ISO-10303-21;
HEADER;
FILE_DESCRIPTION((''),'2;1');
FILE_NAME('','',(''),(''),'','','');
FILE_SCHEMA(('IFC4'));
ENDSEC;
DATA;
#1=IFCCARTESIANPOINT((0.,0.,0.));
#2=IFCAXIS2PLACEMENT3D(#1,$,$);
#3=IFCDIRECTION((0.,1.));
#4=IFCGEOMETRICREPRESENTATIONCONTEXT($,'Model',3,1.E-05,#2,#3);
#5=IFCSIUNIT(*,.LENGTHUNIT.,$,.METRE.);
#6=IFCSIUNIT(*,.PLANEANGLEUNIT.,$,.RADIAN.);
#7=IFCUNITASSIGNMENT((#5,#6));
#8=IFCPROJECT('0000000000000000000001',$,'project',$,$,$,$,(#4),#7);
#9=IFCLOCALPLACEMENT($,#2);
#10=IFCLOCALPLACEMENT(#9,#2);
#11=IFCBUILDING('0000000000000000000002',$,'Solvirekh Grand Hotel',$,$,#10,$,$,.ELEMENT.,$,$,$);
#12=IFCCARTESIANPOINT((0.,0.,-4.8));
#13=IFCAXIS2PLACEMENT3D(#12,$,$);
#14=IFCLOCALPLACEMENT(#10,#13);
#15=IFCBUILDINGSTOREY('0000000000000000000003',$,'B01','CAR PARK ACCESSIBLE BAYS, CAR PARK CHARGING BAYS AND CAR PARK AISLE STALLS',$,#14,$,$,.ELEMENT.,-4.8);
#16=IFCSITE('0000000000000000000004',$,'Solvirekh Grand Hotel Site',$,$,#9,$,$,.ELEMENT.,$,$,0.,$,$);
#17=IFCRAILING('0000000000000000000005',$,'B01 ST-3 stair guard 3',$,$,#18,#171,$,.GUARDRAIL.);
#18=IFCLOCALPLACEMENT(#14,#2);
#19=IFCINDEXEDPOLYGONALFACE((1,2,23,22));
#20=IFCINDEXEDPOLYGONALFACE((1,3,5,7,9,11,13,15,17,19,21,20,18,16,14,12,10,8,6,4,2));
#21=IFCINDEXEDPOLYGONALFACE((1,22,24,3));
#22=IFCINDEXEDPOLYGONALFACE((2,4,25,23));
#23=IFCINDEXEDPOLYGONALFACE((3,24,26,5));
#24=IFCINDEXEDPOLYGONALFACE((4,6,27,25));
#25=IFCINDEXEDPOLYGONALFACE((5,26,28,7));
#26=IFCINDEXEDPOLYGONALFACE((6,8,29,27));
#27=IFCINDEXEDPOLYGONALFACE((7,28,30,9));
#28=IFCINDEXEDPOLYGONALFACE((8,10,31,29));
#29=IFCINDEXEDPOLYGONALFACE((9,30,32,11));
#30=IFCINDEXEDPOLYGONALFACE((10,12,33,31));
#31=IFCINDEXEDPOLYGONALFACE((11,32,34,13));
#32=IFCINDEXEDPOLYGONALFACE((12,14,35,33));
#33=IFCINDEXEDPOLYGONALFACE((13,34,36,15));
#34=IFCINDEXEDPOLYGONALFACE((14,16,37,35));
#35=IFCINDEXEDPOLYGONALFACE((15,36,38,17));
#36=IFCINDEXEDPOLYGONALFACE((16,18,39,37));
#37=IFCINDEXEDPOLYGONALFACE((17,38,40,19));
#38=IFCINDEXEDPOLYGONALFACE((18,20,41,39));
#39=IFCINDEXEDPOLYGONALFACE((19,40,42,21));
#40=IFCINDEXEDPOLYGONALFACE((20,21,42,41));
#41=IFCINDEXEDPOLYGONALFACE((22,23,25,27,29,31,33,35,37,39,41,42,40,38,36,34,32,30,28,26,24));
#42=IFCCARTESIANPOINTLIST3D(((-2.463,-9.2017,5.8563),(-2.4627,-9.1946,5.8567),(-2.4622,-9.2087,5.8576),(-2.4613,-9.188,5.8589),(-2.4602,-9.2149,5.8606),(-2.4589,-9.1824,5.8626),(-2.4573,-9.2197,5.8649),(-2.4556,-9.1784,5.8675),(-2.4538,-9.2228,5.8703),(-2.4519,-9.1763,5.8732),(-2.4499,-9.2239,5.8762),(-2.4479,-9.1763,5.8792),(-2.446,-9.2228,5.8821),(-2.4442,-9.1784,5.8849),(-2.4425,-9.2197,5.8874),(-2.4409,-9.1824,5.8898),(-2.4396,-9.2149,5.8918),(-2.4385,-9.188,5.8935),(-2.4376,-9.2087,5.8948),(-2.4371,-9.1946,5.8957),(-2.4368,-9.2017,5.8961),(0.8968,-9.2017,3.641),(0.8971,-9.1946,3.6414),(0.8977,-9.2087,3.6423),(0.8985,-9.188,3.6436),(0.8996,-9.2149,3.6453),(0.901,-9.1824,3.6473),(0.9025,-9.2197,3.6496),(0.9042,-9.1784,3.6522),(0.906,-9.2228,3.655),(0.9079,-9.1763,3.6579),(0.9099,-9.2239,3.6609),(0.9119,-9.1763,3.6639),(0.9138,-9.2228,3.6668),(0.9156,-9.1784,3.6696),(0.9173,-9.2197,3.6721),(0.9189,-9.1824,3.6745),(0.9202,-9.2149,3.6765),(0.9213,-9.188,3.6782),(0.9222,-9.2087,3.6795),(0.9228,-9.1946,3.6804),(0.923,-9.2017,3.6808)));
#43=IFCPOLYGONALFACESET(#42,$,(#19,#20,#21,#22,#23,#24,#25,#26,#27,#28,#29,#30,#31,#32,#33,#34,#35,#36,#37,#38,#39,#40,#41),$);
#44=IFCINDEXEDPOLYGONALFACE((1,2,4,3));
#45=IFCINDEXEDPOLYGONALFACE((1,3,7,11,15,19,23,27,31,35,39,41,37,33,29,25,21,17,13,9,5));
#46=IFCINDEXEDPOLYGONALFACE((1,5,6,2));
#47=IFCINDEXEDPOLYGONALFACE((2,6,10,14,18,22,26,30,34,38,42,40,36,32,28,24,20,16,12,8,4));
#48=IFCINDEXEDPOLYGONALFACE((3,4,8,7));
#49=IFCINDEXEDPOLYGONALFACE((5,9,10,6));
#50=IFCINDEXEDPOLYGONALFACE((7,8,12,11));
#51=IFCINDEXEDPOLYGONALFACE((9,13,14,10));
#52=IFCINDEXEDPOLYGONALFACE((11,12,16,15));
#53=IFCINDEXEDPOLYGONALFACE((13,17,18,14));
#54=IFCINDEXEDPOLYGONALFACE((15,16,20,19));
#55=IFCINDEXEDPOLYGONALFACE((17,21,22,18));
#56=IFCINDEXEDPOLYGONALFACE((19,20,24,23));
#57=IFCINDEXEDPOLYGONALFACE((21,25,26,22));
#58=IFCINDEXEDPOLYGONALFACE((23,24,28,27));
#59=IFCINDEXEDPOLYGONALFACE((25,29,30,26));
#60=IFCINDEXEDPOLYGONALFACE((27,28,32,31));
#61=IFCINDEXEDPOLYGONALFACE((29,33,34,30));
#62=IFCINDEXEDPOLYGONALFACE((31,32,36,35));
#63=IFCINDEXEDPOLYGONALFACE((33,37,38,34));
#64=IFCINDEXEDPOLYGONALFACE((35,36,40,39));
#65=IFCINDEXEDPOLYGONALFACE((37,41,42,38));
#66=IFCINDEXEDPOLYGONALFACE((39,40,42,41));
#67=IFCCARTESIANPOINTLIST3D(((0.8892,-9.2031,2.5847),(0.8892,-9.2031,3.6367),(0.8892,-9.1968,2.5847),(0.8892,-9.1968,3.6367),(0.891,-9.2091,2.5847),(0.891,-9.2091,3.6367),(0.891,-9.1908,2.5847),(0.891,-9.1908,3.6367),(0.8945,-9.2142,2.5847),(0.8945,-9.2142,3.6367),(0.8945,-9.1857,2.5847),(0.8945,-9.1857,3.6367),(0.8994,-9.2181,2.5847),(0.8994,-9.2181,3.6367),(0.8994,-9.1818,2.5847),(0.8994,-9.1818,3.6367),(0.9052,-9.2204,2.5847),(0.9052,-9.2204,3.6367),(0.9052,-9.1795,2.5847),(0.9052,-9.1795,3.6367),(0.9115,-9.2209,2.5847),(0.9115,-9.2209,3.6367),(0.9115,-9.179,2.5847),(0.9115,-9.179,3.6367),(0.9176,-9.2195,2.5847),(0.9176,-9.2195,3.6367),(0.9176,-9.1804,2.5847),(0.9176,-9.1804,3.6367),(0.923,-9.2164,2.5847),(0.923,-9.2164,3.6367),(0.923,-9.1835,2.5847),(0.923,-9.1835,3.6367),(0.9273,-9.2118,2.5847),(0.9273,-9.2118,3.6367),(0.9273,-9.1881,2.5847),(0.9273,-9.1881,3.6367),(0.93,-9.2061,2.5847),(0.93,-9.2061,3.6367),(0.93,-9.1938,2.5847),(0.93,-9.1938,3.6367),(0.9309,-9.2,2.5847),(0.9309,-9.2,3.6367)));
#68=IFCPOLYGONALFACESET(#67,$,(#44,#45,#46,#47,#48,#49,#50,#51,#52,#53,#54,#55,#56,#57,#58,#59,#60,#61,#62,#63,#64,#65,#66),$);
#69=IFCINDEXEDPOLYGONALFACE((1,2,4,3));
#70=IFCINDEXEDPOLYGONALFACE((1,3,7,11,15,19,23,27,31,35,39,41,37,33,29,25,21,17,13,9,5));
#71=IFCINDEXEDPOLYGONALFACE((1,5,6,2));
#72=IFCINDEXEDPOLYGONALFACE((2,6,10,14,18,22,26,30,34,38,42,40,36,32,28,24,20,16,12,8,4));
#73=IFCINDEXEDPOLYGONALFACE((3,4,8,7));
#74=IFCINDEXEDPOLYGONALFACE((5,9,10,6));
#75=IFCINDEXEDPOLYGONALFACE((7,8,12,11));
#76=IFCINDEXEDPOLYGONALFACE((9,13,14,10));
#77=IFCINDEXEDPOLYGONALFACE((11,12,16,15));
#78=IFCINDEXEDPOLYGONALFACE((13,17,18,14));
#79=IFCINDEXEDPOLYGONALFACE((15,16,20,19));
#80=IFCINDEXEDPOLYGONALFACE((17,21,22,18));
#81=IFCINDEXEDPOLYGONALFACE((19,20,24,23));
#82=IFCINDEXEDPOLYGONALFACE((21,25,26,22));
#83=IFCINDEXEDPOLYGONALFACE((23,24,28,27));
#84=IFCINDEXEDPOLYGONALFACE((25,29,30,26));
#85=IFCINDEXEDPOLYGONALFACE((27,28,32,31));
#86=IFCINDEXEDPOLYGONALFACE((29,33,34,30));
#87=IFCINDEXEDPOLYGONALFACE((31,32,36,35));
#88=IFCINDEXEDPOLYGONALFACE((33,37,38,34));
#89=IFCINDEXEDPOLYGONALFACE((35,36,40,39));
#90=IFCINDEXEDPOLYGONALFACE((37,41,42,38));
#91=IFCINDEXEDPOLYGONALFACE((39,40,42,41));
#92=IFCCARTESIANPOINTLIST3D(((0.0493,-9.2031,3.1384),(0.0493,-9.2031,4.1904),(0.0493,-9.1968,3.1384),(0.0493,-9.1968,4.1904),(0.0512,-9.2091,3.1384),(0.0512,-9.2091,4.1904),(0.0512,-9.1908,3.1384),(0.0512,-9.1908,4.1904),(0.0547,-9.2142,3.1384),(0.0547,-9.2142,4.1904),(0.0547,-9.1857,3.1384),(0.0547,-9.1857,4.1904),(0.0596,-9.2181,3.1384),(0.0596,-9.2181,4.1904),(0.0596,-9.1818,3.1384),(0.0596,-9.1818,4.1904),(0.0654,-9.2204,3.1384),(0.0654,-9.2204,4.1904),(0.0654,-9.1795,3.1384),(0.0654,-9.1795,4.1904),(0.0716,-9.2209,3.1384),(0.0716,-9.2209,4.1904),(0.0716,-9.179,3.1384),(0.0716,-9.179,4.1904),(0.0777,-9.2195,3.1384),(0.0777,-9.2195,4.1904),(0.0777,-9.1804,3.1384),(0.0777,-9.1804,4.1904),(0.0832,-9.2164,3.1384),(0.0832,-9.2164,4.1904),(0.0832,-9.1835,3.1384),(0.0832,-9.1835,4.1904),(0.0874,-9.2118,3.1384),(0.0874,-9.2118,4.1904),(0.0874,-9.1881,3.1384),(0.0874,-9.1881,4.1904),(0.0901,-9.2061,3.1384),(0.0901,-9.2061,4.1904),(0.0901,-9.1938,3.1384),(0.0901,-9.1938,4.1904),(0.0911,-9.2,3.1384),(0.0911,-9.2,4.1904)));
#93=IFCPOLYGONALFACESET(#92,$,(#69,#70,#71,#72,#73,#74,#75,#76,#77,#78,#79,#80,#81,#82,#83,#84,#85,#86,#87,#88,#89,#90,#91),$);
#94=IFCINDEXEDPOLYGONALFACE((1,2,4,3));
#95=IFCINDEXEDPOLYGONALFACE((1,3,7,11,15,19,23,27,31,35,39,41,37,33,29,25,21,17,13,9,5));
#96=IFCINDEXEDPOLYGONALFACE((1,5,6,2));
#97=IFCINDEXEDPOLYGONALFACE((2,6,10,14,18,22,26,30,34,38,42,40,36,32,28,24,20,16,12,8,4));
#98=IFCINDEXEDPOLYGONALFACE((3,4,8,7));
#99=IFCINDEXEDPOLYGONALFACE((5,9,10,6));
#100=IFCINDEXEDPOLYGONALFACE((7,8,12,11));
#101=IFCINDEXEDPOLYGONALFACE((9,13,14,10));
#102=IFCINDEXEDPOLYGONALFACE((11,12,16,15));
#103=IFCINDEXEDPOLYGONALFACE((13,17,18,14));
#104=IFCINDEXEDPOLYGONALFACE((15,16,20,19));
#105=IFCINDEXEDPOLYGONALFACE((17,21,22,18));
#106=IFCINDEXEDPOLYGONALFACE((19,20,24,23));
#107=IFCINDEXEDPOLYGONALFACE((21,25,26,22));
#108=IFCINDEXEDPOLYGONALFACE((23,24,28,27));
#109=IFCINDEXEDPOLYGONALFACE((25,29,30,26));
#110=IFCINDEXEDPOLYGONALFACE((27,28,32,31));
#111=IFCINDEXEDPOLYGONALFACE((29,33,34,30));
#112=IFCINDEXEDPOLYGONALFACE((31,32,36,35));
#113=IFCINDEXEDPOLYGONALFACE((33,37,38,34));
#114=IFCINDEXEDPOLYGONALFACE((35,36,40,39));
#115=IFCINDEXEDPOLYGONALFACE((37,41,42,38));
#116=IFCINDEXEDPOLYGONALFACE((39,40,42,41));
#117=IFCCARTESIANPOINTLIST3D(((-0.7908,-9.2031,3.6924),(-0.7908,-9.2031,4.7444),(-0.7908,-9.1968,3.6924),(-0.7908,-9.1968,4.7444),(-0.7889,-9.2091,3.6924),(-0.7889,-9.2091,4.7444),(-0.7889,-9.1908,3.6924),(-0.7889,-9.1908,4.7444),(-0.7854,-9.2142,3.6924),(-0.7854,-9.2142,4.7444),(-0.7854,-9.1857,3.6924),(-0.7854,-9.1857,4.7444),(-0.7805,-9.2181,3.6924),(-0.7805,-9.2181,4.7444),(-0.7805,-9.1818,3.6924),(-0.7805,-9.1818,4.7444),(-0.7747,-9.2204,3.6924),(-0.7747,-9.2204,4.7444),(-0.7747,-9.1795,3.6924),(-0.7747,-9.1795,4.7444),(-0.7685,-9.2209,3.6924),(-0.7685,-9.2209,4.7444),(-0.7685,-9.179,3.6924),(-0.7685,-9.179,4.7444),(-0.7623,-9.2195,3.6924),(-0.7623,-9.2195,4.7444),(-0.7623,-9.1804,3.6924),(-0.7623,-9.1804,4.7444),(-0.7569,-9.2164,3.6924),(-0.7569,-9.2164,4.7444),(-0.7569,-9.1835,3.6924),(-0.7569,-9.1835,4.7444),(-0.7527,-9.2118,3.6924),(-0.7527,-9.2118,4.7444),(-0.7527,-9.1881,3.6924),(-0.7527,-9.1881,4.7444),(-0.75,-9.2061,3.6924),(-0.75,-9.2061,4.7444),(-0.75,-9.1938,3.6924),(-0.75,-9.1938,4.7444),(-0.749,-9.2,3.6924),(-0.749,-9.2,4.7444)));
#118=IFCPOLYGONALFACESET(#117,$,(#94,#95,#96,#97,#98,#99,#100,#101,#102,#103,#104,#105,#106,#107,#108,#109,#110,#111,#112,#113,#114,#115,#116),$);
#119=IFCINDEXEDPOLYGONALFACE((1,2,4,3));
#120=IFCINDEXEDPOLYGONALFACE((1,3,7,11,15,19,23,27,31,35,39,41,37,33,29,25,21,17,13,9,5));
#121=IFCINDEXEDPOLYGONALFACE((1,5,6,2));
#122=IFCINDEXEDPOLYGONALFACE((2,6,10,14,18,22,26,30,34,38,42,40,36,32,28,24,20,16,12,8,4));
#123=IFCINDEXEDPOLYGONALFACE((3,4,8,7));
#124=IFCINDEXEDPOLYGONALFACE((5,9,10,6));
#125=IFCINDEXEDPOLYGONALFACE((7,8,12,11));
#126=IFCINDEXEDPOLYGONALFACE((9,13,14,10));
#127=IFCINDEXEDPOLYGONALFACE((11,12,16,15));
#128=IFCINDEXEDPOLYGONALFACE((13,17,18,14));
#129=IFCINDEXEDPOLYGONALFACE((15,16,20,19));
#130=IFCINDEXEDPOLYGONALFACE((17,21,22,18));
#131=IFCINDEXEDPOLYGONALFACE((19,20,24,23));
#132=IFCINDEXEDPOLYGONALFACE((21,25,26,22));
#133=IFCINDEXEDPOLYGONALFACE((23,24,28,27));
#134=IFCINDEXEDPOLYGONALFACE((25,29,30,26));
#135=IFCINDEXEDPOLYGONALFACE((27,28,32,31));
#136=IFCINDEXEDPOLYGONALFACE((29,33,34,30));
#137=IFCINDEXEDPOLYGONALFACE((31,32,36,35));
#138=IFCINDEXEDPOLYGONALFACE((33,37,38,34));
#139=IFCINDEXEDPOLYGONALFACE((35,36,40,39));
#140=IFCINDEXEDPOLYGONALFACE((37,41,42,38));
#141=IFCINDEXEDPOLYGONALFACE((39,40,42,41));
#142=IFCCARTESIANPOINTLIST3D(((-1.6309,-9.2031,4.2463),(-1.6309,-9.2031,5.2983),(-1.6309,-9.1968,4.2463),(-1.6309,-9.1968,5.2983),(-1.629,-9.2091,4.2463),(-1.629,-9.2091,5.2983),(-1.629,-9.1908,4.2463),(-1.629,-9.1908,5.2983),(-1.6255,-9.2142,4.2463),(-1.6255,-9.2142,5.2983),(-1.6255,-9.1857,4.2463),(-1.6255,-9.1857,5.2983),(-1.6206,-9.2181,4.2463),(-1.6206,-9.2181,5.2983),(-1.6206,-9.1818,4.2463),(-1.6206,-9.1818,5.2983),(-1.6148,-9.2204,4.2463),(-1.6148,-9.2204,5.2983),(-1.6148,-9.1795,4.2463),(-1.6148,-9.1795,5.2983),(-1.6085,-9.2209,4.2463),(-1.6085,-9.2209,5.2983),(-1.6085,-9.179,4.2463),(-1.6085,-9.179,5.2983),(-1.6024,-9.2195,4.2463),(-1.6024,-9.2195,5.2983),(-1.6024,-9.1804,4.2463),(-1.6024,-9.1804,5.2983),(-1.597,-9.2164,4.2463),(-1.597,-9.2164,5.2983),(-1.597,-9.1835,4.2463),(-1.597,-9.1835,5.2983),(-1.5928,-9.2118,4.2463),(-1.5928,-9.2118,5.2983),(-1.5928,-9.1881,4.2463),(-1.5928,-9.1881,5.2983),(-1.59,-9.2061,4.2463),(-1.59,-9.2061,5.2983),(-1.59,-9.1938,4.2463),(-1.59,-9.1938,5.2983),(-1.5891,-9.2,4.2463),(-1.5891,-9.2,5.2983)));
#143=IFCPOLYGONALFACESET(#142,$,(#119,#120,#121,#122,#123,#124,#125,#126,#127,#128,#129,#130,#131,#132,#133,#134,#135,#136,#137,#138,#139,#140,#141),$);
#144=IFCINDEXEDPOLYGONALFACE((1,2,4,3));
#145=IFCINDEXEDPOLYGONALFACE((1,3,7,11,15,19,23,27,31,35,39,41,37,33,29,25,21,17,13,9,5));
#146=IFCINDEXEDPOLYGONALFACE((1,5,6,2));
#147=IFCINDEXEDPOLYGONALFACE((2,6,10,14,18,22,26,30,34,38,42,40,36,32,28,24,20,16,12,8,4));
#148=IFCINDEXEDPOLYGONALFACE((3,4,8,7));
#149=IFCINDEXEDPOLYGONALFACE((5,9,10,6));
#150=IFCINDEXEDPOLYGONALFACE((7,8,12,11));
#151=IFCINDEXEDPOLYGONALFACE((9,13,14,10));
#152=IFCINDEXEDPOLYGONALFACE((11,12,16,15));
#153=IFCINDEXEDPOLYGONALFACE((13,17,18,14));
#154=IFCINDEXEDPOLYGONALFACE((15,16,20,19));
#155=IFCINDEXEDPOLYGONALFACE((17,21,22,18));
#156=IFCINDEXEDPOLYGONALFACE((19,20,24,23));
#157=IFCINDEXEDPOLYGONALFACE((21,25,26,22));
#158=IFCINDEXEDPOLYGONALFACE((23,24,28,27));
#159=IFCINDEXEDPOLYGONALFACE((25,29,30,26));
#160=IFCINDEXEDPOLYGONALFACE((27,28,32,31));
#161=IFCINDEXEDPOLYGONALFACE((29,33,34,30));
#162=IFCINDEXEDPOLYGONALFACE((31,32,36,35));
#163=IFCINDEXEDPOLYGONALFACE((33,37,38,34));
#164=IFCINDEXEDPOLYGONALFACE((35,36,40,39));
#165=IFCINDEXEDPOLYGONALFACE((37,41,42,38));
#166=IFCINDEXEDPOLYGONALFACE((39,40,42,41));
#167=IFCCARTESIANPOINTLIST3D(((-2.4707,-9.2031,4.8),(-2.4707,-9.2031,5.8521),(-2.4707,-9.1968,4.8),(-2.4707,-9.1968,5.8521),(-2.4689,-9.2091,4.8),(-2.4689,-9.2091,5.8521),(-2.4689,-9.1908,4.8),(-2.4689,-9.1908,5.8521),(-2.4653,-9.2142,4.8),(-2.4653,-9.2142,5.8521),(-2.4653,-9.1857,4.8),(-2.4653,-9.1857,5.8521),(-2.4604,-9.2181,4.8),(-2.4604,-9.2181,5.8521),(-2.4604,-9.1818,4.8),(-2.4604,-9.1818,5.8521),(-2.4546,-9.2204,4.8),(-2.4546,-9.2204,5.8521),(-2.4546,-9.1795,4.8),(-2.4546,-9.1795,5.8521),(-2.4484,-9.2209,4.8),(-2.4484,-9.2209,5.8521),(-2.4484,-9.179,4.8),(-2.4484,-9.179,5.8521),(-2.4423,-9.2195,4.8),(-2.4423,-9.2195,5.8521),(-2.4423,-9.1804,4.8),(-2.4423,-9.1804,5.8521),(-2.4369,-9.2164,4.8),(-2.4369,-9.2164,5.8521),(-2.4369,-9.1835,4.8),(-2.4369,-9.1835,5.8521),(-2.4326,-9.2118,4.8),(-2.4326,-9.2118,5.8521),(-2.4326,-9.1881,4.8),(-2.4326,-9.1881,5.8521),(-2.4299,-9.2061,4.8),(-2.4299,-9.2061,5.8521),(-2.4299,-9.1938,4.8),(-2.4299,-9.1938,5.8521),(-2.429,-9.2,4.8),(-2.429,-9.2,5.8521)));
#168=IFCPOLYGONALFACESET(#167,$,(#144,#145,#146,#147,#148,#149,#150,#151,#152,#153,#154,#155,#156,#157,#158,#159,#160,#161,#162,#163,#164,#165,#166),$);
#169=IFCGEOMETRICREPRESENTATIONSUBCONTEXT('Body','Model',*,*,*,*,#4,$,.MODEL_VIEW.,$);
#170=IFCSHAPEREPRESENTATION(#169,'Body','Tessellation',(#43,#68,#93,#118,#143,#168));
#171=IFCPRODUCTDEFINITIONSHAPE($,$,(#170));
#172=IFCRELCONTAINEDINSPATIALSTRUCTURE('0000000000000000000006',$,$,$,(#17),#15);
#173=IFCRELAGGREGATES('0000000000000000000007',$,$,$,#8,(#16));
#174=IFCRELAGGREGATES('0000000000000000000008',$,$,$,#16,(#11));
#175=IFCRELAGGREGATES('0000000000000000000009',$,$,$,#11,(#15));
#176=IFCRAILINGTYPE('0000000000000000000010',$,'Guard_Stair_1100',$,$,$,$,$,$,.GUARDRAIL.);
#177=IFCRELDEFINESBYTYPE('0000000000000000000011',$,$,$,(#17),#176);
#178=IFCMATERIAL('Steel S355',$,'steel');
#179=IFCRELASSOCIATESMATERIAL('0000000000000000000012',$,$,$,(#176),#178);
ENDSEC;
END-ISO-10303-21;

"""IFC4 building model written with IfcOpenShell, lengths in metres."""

from ifc_helpers import new_model, si_unit, direction, frame, origin, origin_2d, place, context, subcontext, project, spatial, circle, extrude, material, type_object, element, save


model = new_model("IFC4")

# Units and contexts
model_context = context("Model", 3, precision=1e-05, world=origin(), true_north=direction((0.0, 1.0)))
body_context = subcontext(model_context, "Body", "Model", "MODEL_VIEW")
ifc_project = project(units=[si_unit("LENGTHUNIT", "METRE"), si_unit("PLANEANGLEUNIT", "RADIAN")], contexts=[model_context])

# Site, building, storey
site_placement = place(None, origin())
site = spatial("IfcSite", under=ifc_project, at=site_placement, Name="Solvirekh Grand Hotel Site", CompositionType="ELEMENT", RefElevation=0.0)
building_placement = place(site_placement, origin())
building = spatial("IfcBuilding", under=site, at=building_placement, Name="Solvirekh Grand Hotel", CompositionType="ELEMENT")
storey_placement = place(building_placement, frame((0.0, 0.0, -4.8)))
storey = spatial("IfcBuildingStorey", under=building, at=storey_placement, Name="B01", Description="CAR PARK ACCESSIBLE BAYS, CAR PARK CHARGING BAYS AND CAR PARK AISLE STALLS", CompositionType="ELEMENT", Elevation=-4.8)

# Shared definitions
ifc_material_1 = material(Name="Steel S355", Category="steel")

# Railing
railing_type_1 = type_object("IfcRailingType", Name="Guard_Stair_1100", PredefinedType="GUARDRAIL", material=ifc_material_1)
railing_1_placement = place(storey_placement, frame((0.9099, -9.2, 2.5847)))
element("IfcRailing", 1, at=railing_1_placement, inside=storey, type_object=railing_type_1, Name="B01 ST-3 stair guard 3", PredefinedType="GUARDRAIL", context=body_context, shape_type="SweptSolid", body=[
    extrude(circle(Radius=0.0239, at=origin_2d()), frame((0.0, 0.0, 1.0762), z_axis=(-0.834858, 0.0, 0.550465), x_axis=(0.0, -1.0, 0.0)), (0.0, 0.0, 1.0), 4.0244),
    extrude(circle(Radius=0.021, at=origin_2d()), origin(), (0.0, 0.0, 1.0), 1.052),
    extrude(circle(Radius=0.021, at=origin_2d()), frame((-0.8398, 0.0, 0.5537)), (0.0, 0.0, 1.0), 1.052),
    extrude(circle(Radius=0.021, at=origin_2d()), frame((-1.6799, 0.0, 1.1077)), (0.0, 0.0, 1.0), 1.052),
    extrude(circle(Radius=0.021, at=origin_2d()), frame((-2.52, 0.0, 1.6616)), (0.0, 0.0, 1.0), 1.052),
    extrude(circle(Radius=0.021, at=origin_2d()), frame((-3.3599, 0.0, 2.2153)), (0.0, 0.0, 1.0), 1.052),
])

save(model, "model.ifc")
